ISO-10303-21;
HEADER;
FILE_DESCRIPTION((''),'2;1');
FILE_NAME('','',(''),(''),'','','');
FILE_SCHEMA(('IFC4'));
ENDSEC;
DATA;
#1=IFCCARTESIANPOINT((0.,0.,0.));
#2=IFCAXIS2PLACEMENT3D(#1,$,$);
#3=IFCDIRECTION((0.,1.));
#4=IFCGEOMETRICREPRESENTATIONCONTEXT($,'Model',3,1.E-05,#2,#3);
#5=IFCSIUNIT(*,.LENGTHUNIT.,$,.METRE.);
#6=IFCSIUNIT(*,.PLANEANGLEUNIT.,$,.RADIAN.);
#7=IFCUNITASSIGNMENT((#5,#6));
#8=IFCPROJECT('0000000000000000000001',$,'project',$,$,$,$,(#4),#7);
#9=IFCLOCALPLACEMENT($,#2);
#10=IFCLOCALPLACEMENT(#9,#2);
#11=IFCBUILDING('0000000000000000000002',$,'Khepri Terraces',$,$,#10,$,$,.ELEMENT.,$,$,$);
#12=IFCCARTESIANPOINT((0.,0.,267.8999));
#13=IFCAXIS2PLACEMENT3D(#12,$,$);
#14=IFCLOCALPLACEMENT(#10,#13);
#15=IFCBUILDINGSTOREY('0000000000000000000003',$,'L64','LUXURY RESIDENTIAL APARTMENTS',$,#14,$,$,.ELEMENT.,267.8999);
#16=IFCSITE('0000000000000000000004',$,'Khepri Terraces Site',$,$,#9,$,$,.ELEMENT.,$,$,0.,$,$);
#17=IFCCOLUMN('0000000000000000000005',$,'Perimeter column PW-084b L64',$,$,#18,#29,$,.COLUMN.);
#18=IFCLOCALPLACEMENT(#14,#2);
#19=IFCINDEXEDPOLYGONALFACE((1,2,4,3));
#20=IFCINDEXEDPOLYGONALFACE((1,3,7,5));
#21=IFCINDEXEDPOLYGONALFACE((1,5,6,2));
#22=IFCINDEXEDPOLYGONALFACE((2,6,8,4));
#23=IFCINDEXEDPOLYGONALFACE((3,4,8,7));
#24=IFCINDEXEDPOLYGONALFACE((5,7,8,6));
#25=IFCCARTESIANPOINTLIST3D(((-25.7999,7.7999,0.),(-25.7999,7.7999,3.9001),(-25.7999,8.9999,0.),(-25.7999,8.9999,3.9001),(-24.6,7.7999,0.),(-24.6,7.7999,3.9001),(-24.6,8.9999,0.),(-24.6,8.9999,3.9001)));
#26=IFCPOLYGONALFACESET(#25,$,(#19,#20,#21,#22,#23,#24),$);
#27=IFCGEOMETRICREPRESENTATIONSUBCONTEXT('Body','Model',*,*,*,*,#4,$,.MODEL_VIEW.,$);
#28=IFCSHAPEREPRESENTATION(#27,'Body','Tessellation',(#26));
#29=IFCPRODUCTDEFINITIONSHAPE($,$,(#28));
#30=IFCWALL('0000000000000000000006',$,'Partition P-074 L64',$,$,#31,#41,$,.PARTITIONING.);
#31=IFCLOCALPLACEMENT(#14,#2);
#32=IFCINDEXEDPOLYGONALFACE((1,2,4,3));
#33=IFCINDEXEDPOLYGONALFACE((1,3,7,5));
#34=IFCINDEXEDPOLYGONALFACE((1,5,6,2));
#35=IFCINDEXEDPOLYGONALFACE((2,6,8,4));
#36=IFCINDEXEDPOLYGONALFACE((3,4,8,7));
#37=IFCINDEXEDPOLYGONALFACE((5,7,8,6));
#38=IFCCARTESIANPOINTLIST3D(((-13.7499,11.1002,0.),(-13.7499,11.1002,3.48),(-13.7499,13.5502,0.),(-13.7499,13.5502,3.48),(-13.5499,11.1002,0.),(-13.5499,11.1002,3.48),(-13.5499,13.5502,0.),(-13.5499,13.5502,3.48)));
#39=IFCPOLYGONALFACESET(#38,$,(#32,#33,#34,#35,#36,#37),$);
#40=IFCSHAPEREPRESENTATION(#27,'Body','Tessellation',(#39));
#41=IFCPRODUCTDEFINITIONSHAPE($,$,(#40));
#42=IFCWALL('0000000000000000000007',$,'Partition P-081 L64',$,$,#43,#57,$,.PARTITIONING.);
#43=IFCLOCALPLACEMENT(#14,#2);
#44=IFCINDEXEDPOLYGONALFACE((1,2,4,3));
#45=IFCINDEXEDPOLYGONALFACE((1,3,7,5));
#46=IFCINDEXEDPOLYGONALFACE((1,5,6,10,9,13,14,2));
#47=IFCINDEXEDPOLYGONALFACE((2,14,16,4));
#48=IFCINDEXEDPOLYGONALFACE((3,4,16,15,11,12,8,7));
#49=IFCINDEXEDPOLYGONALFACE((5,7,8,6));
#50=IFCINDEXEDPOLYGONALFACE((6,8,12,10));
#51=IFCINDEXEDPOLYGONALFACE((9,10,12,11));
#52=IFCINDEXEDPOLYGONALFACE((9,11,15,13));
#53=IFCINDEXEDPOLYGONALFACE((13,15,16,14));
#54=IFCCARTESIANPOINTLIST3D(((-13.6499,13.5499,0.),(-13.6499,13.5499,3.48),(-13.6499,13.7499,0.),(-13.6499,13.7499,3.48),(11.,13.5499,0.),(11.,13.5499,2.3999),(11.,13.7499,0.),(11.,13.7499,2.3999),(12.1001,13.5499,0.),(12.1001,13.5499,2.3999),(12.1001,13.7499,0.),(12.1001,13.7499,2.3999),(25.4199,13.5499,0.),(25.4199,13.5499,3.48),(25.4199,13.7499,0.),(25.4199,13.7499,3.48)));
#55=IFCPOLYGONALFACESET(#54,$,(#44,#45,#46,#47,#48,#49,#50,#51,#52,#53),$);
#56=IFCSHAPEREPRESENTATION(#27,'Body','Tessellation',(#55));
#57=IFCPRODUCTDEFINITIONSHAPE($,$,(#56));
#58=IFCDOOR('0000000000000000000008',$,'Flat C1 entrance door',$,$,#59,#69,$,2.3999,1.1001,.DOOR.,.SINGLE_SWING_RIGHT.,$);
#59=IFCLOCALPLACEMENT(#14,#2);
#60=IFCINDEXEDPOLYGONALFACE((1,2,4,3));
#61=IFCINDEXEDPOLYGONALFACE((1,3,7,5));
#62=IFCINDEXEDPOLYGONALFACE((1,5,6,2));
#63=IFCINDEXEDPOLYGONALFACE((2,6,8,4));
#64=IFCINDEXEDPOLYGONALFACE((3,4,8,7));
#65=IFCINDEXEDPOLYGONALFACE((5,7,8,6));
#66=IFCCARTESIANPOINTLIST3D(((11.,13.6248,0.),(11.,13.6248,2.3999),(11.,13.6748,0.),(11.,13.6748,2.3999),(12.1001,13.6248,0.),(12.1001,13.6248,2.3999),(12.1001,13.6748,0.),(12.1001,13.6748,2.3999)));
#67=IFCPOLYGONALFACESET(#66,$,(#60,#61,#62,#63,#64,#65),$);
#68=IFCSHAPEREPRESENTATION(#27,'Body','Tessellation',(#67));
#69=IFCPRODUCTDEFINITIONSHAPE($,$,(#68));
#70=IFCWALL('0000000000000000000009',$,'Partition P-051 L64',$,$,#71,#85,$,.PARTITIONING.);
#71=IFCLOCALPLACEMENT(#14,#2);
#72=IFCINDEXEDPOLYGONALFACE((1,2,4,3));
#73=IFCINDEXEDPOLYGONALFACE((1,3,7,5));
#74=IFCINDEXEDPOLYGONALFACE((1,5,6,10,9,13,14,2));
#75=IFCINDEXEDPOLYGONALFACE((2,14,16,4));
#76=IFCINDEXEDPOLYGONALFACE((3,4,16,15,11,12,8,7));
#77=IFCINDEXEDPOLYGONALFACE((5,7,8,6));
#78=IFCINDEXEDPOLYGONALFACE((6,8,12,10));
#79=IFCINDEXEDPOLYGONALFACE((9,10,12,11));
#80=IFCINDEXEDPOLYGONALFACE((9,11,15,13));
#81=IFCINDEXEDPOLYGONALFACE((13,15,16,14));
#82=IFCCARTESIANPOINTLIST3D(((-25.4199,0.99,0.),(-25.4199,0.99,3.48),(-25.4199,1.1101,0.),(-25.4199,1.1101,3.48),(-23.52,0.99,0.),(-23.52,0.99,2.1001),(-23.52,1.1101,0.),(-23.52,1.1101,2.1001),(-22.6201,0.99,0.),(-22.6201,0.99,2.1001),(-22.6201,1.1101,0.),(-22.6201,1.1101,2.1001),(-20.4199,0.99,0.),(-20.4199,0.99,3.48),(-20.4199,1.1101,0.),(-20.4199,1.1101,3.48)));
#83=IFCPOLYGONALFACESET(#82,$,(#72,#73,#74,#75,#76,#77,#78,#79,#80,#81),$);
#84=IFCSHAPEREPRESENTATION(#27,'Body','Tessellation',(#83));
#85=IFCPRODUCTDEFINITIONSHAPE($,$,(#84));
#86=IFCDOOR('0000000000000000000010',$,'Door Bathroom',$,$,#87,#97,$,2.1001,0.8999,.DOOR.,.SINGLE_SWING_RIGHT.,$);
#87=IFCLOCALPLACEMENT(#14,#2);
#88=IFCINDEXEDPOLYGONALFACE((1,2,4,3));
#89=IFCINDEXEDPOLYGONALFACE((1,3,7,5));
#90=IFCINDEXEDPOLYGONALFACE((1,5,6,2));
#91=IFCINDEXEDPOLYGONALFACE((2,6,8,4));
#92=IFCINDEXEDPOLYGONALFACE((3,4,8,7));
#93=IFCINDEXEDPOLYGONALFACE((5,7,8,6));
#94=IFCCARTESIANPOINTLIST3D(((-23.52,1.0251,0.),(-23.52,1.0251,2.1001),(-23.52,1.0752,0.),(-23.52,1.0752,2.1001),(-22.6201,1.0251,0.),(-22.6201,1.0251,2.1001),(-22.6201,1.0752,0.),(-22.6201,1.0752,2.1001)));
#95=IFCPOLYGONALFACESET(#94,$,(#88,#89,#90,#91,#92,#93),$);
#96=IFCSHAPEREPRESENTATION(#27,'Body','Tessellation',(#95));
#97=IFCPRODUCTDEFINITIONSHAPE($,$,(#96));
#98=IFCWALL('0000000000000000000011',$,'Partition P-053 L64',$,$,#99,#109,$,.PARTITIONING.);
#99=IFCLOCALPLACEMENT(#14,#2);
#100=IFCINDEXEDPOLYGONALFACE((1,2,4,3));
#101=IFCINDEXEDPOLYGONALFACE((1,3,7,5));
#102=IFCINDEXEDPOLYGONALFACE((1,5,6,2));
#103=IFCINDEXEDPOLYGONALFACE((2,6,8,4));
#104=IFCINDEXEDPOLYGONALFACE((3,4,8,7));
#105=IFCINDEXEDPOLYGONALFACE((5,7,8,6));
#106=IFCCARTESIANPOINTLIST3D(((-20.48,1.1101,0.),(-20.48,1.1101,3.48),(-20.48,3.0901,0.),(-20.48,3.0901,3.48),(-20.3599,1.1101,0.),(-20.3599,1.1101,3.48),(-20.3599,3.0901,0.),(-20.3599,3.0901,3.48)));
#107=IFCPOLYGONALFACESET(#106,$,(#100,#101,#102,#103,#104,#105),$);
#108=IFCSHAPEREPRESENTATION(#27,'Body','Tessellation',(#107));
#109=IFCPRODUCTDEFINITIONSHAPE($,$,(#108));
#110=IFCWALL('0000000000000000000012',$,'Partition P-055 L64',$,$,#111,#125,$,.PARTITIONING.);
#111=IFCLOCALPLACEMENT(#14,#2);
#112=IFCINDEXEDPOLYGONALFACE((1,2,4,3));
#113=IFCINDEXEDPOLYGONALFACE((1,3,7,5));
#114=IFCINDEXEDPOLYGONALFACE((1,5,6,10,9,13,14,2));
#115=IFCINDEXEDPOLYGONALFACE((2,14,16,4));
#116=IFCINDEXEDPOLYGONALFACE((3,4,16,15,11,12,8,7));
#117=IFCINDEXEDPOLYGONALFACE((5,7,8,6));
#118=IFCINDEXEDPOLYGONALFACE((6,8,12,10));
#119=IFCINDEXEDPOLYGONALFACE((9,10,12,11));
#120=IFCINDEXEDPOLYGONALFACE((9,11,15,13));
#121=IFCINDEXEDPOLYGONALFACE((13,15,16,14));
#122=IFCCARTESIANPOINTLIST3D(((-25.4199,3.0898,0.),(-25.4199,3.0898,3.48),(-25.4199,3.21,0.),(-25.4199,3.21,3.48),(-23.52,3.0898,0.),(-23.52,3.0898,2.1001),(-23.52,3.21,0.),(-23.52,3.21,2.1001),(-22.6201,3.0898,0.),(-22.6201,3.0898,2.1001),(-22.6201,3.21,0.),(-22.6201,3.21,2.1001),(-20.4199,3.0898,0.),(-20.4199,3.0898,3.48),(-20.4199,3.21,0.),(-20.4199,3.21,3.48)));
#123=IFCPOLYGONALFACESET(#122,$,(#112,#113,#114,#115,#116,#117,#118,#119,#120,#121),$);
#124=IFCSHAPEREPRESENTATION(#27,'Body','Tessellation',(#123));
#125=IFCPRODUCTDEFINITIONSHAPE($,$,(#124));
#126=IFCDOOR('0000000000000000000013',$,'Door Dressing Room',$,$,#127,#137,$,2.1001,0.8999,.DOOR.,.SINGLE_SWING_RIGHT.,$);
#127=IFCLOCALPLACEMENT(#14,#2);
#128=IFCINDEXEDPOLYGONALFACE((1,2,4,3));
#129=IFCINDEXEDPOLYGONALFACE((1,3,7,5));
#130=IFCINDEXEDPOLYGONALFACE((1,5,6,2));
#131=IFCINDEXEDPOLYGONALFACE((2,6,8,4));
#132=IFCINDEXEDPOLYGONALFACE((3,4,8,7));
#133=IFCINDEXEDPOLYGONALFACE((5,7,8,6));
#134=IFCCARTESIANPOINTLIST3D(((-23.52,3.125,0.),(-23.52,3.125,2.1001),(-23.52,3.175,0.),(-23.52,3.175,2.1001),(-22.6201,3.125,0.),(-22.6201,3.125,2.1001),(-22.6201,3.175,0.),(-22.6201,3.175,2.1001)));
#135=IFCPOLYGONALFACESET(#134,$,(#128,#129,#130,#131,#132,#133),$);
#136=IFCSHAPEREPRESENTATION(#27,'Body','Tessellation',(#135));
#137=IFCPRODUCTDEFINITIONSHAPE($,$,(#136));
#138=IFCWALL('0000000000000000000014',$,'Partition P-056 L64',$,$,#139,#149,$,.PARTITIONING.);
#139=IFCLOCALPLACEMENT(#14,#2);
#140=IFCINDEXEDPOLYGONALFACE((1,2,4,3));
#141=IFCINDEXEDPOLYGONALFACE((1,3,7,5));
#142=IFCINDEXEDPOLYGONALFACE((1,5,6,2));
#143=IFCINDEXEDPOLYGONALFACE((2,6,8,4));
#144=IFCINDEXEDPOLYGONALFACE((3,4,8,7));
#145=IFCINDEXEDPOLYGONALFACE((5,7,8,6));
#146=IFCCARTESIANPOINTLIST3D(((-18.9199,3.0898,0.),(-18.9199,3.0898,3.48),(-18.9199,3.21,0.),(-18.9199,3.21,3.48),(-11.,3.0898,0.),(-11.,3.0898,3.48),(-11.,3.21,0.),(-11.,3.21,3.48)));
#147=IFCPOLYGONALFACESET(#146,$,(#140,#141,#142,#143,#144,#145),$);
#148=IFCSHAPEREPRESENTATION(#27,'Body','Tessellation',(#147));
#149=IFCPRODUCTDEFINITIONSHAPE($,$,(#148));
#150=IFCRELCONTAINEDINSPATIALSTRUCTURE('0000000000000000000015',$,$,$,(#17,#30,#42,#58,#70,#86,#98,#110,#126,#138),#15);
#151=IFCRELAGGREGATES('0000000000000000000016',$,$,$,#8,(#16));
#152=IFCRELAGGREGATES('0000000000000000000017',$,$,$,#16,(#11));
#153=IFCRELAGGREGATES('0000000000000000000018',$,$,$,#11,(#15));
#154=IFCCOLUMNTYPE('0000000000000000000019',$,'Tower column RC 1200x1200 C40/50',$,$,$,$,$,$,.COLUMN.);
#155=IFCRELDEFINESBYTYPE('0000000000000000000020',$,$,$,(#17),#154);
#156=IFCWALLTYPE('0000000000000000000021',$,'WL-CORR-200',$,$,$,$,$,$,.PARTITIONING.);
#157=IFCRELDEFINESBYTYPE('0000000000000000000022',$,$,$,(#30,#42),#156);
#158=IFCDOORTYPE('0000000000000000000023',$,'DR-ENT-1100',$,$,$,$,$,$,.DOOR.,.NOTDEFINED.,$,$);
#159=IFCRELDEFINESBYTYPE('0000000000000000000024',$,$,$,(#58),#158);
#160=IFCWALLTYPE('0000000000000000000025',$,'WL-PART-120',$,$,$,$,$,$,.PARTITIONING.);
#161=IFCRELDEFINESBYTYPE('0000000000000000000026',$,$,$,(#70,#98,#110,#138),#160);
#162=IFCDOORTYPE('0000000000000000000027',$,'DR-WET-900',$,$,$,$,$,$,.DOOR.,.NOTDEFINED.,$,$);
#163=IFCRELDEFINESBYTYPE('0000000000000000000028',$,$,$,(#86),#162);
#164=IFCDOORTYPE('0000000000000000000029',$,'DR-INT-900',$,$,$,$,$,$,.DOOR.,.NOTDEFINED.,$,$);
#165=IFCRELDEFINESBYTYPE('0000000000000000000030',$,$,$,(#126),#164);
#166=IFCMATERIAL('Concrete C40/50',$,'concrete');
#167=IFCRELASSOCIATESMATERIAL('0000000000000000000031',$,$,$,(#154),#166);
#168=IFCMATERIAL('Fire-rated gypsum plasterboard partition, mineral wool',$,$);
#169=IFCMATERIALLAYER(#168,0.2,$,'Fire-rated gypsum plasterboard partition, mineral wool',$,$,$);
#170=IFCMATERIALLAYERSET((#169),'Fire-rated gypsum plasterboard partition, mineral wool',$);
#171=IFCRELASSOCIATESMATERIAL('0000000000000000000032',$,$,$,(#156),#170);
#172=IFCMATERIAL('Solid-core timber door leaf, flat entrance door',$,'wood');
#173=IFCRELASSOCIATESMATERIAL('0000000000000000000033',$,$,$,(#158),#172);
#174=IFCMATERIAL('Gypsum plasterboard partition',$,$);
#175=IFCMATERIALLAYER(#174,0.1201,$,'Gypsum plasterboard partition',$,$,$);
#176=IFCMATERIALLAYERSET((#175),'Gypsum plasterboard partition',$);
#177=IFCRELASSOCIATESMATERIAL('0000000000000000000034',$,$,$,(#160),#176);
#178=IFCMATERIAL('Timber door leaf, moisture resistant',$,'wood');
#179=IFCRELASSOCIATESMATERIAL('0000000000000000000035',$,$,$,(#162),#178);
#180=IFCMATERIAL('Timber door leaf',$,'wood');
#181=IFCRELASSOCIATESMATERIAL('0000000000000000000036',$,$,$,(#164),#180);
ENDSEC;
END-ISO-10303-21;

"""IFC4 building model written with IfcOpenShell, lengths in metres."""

from ifc_helpers import new_model, si_unit, direction, frame, frame_2d, origin, origin_2d, place, context, subcontext, project, spatial, rectangle, extrude, material, layer, layer_set, material_profile, profile_set, type_object, element, fill, save


model = new_model("IFC4")

# Units and contexts
model_context = context("Model", 3, precision=1e-05, world=origin(), true_north=direction((0.0, 1.0)))
body_context = subcontext(model_context, "Body", "Model", "MODEL_VIEW")
ifc_project = project(units=[si_unit("LENGTHUNIT", "METRE"), si_unit("PLANEANGLEUNIT", "RADIAN")], contexts=[model_context])

# Site, building, storey
site_placement = place(None, origin())
site = spatial("IfcSite", under=ifc_project, at=site_placement, Name="Khepri Terraces Site", CompositionType="ELEMENT", RefElevation=0.0)
building_placement = place(site_placement, origin())
building = spatial("IfcBuilding", under=site, at=building_placement, Name="Khepri Terraces", CompositionType="ELEMENT")
storey_placement = place(building_placement, frame((0.0, 0.0, 267.8999)))
storey = spatial("IfcBuildingStorey", under=building, at=storey_placement, Name="L64", Description="LUXURY RESIDENTIAL APARTMENTS", CompositionType="ELEMENT", Elevation=267.8999)

# Column
ifc_material_1 = material(Name="Concrete C40/50", Category="concrete")
ifc_material_profile = material_profile(ifc_material_1, rectangle(XDim=1.2, YDim=1.2, at=origin_2d()), Name="Concrete C40/50", Category="concrete")
ifc_profile_set = profile_set([ifc_material_profile], Name="Concrete C40/50")
column_type = type_object("IfcColumnType", Name="Tower column RC 1200x1200 C40/50", PredefinedType="COLUMN", material=ifc_profile_set)
column_placement = place(storey_placement, frame((-25.2, 8.3999, 0.0), z_axis=(0.0, 0.0, 1.0), x_axis=(1.0, 0.0, 0.0)))
element("IfcColumn", 1, at=column_placement, inside=storey, type_object=column_type, Name="Perimeter column PW-084b L64", PredefinedType="COLUMN", context=body_context, shape_type="SweptSolid", body=[
    extrude(rectangle(XDim=1.2, YDim=1.2, at=origin_2d()), origin(), (0.0, 0.0, 1.0), 3.9001),
])

# Shared definitions
ifc_material_2 = material(Name="Fire-rated gypsum plasterboard partition, mineral wool")
ifc_layer_1 = layer(ifc_material_2, 0.2, Name="Fire-rated gypsum plasterboard partition, mineral wool")
ifc_layer_set_1 = layer_set([ifc_layer_1], Name="Fire-rated gypsum plasterboard partition, mineral wool")
wall_type_1 = type_object("IfcWallType", Name="WL-CORR-200", PredefinedType="PARTITIONING", material=ifc_layer_set_1)
ifc_material_3 = material(Name="Solid-core timber door leaf, flat entrance door", Category="wood")
door_type_1 = type_object("IfcDoorType", Name="DR-ENT-1100", OperationType="NOTDEFINED", PredefinedType="DOOR", material=ifc_material_3)

# Wall
wall_1_placement = place(storey_placement, frame((-13.6499, 11.1001, 0.0), z_axis=(0.0, 0.0, 1.0), x_axis=(0.0, 1.0, 0.0)))
element("IfcWall", 2, at=wall_1_placement, inside=storey, type_object=wall_type_1, Name="Partition P-074 L64", PredefinedType="PARTITIONING", context=body_context, shape_type="SweptSolid", body=[
    extrude(rectangle(XDim=2.45, YDim=0.2, at=frame_2d((1.2251, 0.0))), origin(), (0.0, 0.0, 1.0), 3.48),
])

# Wall, opening, door
wall_2_placement = place(storey_placement, frame((-13.6499, 13.6499, 0.0), z_axis=(0.0, 0.0, 1.0), x_axis=(1.0, 0.0, 0.0)))
wall_2 = element("IfcWall", 3, at=wall_2_placement, inside=storey, type_object=wall_type_1, Name="Partition P-081 L64", PredefinedType="PARTITIONING", context=body_context, shape_type="SweptSolid", body=[
    extrude(rectangle(XDim=39.0698, YDim=0.2, at=frame_2d((19.5349, 0.0))), origin(), (0.0, 0.0, 1.0), 3.48),
])
opening_1_placement = place(wall_2_placement, frame((24.6499, 0.0, 0.0)))
opening_1 = element("IfcOpeningElement", 4, at=opening_1_placement, cuts=wall_2, PredefinedType="OPENING", context=body_context, shape_type="SweptSolid", body=[
    extrude(rectangle(XDim=1.1001, YDim=2.3999, at=frame_2d((0.55, 1.2))), frame((0.0, 0.1099, 0.0), z_axis=(0.0, -1.0, 0.0), x_axis=(1.0, 0.0, 0.0)), (0.0, 0.0, 1.0), 0.22),
])
door_1_placement = place(opening_1_placement, origin())
door_1 = element("IfcDoor", 5, at=door_1_placement, inside=storey, type_object=door_type_1, Name="Flat C1 entrance door", OperationType="SINGLE_SWING_RIGHT", OverallHeight=2.3999, OverallWidth=1.1001, PredefinedType="DOOR", context=body_context, shape_type="SweptSolid", body=[
    extrude(rectangle(XDim=1.1001, YDim=2.3999, at=frame_2d((0.55, 1.2))), frame((0.0, 0.0249, 0.0), z_axis=(0.0, -1.0, 0.0), x_axis=(1.0, 0.0, 0.0)), (0.0, 0.0, 1.0), 0.05),
])
fill(opening_1, door_1)

# Wall, opening, door
ifc_material_4 = material(Name="Gypsum plasterboard partition")
ifc_layer_2 = layer(ifc_material_4, 0.1201, Name="Gypsum plasterboard partition")
ifc_layer_set_2 = layer_set([ifc_layer_2], Name="Gypsum plasterboard partition")
wall_type_2 = type_object("IfcWallType", Name="WL-PART-120", PredefinedType="PARTITIONING", material=ifc_layer_set_2)
wall_3_placement = place(storey_placement, frame((-25.4199, 1.05, 0.0), z_axis=(0.0, 0.0, 1.0), x_axis=(1.0, 0.0, 0.0)))
wall_3 = element("IfcWall", 6, at=wall_3_placement, inside=storey, type_object=wall_type_2, Name="Partition P-051 L64", PredefinedType="PARTITIONING", context=body_context, shape_type="SweptSolid", body=[
    extrude(rectangle(XDim=5.0, YDim=0.1201, at=frame_2d((2.5, 0.0))), origin(), (0.0, 0.0, 1.0), 3.48),
])
opening_2_placement = place(wall_3_placement, frame((1.8999, 0.0, 0.0)))
opening_2 = element("IfcOpeningElement", 7, at=opening_2_placement, cuts=wall_3, PredefinedType="OPENING", context=body_context, shape_type="SweptSolid", body=[
    extrude(rectangle(XDim=0.8999, YDim=2.1001, at=frame_2d((0.45, 1.05))), frame((0.0, 0.0701, 0.0), z_axis=(0.0, -1.0, 0.0), x_axis=(1.0, 0.0, 0.0)), (0.0, 0.0, 1.0), 0.1401),
])
ifc_material_5 = material(Name="Timber door leaf, moisture resistant", Category="wood")
door_type_2 = type_object("IfcDoorType", Name="DR-WET-900", OperationType="NOTDEFINED", PredefinedType="DOOR", material=ifc_material_5)
door_2_placement = place(opening_2_placement, frame((0.8999, 0.0, 0.0), z_axis=(0.0, 0.0, 1.0), x_axis=(-1.0, 0.0, 0.0)))
door_2 = element("IfcDoor", 8, at=door_2_placement, inside=storey, type_object=door_type_2, Name="Door Bathroom", OperationType="SINGLE_SWING_RIGHT", OverallHeight=2.1001, OverallWidth=0.8999, PredefinedType="DOOR", context=body_context, shape_type="SweptSolid", body=[
    extrude(rectangle(XDim=0.8999, YDim=2.1001, at=frame_2d((0.45, 1.05))), frame((0.0, 0.0249, 0.0), z_axis=(0.0, -1.0, 0.0), x_axis=(1.0, 0.0, 0.0)), (0.0, 0.0, 1.0), 0.05),
])
fill(opening_2, door_2)

# Wall
wall_4_placement = place(storey_placement, frame((-20.4199, 1.1101, 0.0), z_axis=(0.0, 0.0, 1.0), x_axis=(0.0, 1.0, 0.0)))
element("IfcWall", 9, at=wall_4_placement, inside=storey, type_object=wall_type_2, Name="Partition P-053 L64", PredefinedType="PARTITIONING", context=body_context, shape_type="SweptSolid", body=[
    extrude(rectangle(XDim=1.98, YDim=0.1201, at=frame_2d((0.99, 0.0))), origin(), (0.0, 0.0, 1.0), 3.48),
])

# Wall, opening, door
wall_5_placement = place(storey_placement, frame((-25.4199, 3.1499, 0.0), z_axis=(0.0, 0.0, 1.0), x_axis=(1.0, 0.0, 0.0)))
wall_5 = element("IfcWall", 10, at=wall_5_placement, inside=storey, type_object=wall_type_2, Name="Partition P-055 L64", PredefinedType="PARTITIONING", context=body_context, shape_type="SweptSolid", body=[
    extrude(rectangle(XDim=5.0, YDim=0.1201, at=frame_2d((2.5, 0.0))), origin(), (0.0, 0.0, 1.0), 3.48),
])
opening_3_placement = place(wall_5_placement, frame((1.8999, 0.0, 0.0)))
opening_3 = element("IfcOpeningElement", 11, at=opening_3_placement, cuts=wall_5, PredefinedType="OPENING", context=body_context, shape_type="SweptSolid", body=[
    extrude(rectangle(XDim=0.8999, YDim=2.1001, at=frame_2d((0.45, 1.05))), frame((0.0, 0.0701, 0.0), z_axis=(0.0, -1.0, 0.0), x_axis=(1.0, 0.0, 0.0)), (0.0, 0.0, 1.0), 0.1401),
])
ifc_material_6 = material(Name="Timber door leaf", Category="wood")
door_type_3 = type_object("IfcDoorType", Name="DR-INT-900", OperationType="NOTDEFINED", PredefinedType="DOOR", material=ifc_material_6)
door_3_placement = place(opening_3_placement, frame((0.8999, 0.0, 0.0), z_axis=(0.0, 0.0, 1.0), x_axis=(-1.0, 0.0, 0.0)))
door_3 = element("IfcDoor", 12, at=door_3_placement, inside=storey, type_object=door_type_3, Name="Door Dressing Room", OperationType="SINGLE_SWING_RIGHT", OverallHeight=2.1001, OverallWidth=0.8999, PredefinedType="DOOR", context=body_context, shape_type="SweptSolid", body=[
    extrude(rectangle(XDim=0.8999, YDim=2.1001, at=frame_2d((0.45, 1.05))), frame((0.0, 0.0249, 0.0), z_axis=(0.0, -1.0, 0.0), x_axis=(1.0, 0.0, 0.0)), (0.0, 0.0, 1.0), 0.05),
])
fill(opening_3, door_3)

# Wall
wall_6_placement = place(storey_placement, frame((-18.9199, 3.1499, 0.0), z_axis=(0.0, 0.0, 1.0), x_axis=(1.0, 0.0, 0.0)))
element("IfcWall", 13, at=wall_6_placement, inside=storey, type_object=wall_type_2, Name="Partition P-056 L64", PredefinedType="PARTITIONING", context=body_context, shape_type="SweptSolid", body=[
    extrude(rectangle(XDim=7.9199, YDim=0.1201, at=frame_2d((3.96, 0.0))), origin(), (0.0, 0.0, 1.0), 3.48),
])

save(model, "model.ifc")
